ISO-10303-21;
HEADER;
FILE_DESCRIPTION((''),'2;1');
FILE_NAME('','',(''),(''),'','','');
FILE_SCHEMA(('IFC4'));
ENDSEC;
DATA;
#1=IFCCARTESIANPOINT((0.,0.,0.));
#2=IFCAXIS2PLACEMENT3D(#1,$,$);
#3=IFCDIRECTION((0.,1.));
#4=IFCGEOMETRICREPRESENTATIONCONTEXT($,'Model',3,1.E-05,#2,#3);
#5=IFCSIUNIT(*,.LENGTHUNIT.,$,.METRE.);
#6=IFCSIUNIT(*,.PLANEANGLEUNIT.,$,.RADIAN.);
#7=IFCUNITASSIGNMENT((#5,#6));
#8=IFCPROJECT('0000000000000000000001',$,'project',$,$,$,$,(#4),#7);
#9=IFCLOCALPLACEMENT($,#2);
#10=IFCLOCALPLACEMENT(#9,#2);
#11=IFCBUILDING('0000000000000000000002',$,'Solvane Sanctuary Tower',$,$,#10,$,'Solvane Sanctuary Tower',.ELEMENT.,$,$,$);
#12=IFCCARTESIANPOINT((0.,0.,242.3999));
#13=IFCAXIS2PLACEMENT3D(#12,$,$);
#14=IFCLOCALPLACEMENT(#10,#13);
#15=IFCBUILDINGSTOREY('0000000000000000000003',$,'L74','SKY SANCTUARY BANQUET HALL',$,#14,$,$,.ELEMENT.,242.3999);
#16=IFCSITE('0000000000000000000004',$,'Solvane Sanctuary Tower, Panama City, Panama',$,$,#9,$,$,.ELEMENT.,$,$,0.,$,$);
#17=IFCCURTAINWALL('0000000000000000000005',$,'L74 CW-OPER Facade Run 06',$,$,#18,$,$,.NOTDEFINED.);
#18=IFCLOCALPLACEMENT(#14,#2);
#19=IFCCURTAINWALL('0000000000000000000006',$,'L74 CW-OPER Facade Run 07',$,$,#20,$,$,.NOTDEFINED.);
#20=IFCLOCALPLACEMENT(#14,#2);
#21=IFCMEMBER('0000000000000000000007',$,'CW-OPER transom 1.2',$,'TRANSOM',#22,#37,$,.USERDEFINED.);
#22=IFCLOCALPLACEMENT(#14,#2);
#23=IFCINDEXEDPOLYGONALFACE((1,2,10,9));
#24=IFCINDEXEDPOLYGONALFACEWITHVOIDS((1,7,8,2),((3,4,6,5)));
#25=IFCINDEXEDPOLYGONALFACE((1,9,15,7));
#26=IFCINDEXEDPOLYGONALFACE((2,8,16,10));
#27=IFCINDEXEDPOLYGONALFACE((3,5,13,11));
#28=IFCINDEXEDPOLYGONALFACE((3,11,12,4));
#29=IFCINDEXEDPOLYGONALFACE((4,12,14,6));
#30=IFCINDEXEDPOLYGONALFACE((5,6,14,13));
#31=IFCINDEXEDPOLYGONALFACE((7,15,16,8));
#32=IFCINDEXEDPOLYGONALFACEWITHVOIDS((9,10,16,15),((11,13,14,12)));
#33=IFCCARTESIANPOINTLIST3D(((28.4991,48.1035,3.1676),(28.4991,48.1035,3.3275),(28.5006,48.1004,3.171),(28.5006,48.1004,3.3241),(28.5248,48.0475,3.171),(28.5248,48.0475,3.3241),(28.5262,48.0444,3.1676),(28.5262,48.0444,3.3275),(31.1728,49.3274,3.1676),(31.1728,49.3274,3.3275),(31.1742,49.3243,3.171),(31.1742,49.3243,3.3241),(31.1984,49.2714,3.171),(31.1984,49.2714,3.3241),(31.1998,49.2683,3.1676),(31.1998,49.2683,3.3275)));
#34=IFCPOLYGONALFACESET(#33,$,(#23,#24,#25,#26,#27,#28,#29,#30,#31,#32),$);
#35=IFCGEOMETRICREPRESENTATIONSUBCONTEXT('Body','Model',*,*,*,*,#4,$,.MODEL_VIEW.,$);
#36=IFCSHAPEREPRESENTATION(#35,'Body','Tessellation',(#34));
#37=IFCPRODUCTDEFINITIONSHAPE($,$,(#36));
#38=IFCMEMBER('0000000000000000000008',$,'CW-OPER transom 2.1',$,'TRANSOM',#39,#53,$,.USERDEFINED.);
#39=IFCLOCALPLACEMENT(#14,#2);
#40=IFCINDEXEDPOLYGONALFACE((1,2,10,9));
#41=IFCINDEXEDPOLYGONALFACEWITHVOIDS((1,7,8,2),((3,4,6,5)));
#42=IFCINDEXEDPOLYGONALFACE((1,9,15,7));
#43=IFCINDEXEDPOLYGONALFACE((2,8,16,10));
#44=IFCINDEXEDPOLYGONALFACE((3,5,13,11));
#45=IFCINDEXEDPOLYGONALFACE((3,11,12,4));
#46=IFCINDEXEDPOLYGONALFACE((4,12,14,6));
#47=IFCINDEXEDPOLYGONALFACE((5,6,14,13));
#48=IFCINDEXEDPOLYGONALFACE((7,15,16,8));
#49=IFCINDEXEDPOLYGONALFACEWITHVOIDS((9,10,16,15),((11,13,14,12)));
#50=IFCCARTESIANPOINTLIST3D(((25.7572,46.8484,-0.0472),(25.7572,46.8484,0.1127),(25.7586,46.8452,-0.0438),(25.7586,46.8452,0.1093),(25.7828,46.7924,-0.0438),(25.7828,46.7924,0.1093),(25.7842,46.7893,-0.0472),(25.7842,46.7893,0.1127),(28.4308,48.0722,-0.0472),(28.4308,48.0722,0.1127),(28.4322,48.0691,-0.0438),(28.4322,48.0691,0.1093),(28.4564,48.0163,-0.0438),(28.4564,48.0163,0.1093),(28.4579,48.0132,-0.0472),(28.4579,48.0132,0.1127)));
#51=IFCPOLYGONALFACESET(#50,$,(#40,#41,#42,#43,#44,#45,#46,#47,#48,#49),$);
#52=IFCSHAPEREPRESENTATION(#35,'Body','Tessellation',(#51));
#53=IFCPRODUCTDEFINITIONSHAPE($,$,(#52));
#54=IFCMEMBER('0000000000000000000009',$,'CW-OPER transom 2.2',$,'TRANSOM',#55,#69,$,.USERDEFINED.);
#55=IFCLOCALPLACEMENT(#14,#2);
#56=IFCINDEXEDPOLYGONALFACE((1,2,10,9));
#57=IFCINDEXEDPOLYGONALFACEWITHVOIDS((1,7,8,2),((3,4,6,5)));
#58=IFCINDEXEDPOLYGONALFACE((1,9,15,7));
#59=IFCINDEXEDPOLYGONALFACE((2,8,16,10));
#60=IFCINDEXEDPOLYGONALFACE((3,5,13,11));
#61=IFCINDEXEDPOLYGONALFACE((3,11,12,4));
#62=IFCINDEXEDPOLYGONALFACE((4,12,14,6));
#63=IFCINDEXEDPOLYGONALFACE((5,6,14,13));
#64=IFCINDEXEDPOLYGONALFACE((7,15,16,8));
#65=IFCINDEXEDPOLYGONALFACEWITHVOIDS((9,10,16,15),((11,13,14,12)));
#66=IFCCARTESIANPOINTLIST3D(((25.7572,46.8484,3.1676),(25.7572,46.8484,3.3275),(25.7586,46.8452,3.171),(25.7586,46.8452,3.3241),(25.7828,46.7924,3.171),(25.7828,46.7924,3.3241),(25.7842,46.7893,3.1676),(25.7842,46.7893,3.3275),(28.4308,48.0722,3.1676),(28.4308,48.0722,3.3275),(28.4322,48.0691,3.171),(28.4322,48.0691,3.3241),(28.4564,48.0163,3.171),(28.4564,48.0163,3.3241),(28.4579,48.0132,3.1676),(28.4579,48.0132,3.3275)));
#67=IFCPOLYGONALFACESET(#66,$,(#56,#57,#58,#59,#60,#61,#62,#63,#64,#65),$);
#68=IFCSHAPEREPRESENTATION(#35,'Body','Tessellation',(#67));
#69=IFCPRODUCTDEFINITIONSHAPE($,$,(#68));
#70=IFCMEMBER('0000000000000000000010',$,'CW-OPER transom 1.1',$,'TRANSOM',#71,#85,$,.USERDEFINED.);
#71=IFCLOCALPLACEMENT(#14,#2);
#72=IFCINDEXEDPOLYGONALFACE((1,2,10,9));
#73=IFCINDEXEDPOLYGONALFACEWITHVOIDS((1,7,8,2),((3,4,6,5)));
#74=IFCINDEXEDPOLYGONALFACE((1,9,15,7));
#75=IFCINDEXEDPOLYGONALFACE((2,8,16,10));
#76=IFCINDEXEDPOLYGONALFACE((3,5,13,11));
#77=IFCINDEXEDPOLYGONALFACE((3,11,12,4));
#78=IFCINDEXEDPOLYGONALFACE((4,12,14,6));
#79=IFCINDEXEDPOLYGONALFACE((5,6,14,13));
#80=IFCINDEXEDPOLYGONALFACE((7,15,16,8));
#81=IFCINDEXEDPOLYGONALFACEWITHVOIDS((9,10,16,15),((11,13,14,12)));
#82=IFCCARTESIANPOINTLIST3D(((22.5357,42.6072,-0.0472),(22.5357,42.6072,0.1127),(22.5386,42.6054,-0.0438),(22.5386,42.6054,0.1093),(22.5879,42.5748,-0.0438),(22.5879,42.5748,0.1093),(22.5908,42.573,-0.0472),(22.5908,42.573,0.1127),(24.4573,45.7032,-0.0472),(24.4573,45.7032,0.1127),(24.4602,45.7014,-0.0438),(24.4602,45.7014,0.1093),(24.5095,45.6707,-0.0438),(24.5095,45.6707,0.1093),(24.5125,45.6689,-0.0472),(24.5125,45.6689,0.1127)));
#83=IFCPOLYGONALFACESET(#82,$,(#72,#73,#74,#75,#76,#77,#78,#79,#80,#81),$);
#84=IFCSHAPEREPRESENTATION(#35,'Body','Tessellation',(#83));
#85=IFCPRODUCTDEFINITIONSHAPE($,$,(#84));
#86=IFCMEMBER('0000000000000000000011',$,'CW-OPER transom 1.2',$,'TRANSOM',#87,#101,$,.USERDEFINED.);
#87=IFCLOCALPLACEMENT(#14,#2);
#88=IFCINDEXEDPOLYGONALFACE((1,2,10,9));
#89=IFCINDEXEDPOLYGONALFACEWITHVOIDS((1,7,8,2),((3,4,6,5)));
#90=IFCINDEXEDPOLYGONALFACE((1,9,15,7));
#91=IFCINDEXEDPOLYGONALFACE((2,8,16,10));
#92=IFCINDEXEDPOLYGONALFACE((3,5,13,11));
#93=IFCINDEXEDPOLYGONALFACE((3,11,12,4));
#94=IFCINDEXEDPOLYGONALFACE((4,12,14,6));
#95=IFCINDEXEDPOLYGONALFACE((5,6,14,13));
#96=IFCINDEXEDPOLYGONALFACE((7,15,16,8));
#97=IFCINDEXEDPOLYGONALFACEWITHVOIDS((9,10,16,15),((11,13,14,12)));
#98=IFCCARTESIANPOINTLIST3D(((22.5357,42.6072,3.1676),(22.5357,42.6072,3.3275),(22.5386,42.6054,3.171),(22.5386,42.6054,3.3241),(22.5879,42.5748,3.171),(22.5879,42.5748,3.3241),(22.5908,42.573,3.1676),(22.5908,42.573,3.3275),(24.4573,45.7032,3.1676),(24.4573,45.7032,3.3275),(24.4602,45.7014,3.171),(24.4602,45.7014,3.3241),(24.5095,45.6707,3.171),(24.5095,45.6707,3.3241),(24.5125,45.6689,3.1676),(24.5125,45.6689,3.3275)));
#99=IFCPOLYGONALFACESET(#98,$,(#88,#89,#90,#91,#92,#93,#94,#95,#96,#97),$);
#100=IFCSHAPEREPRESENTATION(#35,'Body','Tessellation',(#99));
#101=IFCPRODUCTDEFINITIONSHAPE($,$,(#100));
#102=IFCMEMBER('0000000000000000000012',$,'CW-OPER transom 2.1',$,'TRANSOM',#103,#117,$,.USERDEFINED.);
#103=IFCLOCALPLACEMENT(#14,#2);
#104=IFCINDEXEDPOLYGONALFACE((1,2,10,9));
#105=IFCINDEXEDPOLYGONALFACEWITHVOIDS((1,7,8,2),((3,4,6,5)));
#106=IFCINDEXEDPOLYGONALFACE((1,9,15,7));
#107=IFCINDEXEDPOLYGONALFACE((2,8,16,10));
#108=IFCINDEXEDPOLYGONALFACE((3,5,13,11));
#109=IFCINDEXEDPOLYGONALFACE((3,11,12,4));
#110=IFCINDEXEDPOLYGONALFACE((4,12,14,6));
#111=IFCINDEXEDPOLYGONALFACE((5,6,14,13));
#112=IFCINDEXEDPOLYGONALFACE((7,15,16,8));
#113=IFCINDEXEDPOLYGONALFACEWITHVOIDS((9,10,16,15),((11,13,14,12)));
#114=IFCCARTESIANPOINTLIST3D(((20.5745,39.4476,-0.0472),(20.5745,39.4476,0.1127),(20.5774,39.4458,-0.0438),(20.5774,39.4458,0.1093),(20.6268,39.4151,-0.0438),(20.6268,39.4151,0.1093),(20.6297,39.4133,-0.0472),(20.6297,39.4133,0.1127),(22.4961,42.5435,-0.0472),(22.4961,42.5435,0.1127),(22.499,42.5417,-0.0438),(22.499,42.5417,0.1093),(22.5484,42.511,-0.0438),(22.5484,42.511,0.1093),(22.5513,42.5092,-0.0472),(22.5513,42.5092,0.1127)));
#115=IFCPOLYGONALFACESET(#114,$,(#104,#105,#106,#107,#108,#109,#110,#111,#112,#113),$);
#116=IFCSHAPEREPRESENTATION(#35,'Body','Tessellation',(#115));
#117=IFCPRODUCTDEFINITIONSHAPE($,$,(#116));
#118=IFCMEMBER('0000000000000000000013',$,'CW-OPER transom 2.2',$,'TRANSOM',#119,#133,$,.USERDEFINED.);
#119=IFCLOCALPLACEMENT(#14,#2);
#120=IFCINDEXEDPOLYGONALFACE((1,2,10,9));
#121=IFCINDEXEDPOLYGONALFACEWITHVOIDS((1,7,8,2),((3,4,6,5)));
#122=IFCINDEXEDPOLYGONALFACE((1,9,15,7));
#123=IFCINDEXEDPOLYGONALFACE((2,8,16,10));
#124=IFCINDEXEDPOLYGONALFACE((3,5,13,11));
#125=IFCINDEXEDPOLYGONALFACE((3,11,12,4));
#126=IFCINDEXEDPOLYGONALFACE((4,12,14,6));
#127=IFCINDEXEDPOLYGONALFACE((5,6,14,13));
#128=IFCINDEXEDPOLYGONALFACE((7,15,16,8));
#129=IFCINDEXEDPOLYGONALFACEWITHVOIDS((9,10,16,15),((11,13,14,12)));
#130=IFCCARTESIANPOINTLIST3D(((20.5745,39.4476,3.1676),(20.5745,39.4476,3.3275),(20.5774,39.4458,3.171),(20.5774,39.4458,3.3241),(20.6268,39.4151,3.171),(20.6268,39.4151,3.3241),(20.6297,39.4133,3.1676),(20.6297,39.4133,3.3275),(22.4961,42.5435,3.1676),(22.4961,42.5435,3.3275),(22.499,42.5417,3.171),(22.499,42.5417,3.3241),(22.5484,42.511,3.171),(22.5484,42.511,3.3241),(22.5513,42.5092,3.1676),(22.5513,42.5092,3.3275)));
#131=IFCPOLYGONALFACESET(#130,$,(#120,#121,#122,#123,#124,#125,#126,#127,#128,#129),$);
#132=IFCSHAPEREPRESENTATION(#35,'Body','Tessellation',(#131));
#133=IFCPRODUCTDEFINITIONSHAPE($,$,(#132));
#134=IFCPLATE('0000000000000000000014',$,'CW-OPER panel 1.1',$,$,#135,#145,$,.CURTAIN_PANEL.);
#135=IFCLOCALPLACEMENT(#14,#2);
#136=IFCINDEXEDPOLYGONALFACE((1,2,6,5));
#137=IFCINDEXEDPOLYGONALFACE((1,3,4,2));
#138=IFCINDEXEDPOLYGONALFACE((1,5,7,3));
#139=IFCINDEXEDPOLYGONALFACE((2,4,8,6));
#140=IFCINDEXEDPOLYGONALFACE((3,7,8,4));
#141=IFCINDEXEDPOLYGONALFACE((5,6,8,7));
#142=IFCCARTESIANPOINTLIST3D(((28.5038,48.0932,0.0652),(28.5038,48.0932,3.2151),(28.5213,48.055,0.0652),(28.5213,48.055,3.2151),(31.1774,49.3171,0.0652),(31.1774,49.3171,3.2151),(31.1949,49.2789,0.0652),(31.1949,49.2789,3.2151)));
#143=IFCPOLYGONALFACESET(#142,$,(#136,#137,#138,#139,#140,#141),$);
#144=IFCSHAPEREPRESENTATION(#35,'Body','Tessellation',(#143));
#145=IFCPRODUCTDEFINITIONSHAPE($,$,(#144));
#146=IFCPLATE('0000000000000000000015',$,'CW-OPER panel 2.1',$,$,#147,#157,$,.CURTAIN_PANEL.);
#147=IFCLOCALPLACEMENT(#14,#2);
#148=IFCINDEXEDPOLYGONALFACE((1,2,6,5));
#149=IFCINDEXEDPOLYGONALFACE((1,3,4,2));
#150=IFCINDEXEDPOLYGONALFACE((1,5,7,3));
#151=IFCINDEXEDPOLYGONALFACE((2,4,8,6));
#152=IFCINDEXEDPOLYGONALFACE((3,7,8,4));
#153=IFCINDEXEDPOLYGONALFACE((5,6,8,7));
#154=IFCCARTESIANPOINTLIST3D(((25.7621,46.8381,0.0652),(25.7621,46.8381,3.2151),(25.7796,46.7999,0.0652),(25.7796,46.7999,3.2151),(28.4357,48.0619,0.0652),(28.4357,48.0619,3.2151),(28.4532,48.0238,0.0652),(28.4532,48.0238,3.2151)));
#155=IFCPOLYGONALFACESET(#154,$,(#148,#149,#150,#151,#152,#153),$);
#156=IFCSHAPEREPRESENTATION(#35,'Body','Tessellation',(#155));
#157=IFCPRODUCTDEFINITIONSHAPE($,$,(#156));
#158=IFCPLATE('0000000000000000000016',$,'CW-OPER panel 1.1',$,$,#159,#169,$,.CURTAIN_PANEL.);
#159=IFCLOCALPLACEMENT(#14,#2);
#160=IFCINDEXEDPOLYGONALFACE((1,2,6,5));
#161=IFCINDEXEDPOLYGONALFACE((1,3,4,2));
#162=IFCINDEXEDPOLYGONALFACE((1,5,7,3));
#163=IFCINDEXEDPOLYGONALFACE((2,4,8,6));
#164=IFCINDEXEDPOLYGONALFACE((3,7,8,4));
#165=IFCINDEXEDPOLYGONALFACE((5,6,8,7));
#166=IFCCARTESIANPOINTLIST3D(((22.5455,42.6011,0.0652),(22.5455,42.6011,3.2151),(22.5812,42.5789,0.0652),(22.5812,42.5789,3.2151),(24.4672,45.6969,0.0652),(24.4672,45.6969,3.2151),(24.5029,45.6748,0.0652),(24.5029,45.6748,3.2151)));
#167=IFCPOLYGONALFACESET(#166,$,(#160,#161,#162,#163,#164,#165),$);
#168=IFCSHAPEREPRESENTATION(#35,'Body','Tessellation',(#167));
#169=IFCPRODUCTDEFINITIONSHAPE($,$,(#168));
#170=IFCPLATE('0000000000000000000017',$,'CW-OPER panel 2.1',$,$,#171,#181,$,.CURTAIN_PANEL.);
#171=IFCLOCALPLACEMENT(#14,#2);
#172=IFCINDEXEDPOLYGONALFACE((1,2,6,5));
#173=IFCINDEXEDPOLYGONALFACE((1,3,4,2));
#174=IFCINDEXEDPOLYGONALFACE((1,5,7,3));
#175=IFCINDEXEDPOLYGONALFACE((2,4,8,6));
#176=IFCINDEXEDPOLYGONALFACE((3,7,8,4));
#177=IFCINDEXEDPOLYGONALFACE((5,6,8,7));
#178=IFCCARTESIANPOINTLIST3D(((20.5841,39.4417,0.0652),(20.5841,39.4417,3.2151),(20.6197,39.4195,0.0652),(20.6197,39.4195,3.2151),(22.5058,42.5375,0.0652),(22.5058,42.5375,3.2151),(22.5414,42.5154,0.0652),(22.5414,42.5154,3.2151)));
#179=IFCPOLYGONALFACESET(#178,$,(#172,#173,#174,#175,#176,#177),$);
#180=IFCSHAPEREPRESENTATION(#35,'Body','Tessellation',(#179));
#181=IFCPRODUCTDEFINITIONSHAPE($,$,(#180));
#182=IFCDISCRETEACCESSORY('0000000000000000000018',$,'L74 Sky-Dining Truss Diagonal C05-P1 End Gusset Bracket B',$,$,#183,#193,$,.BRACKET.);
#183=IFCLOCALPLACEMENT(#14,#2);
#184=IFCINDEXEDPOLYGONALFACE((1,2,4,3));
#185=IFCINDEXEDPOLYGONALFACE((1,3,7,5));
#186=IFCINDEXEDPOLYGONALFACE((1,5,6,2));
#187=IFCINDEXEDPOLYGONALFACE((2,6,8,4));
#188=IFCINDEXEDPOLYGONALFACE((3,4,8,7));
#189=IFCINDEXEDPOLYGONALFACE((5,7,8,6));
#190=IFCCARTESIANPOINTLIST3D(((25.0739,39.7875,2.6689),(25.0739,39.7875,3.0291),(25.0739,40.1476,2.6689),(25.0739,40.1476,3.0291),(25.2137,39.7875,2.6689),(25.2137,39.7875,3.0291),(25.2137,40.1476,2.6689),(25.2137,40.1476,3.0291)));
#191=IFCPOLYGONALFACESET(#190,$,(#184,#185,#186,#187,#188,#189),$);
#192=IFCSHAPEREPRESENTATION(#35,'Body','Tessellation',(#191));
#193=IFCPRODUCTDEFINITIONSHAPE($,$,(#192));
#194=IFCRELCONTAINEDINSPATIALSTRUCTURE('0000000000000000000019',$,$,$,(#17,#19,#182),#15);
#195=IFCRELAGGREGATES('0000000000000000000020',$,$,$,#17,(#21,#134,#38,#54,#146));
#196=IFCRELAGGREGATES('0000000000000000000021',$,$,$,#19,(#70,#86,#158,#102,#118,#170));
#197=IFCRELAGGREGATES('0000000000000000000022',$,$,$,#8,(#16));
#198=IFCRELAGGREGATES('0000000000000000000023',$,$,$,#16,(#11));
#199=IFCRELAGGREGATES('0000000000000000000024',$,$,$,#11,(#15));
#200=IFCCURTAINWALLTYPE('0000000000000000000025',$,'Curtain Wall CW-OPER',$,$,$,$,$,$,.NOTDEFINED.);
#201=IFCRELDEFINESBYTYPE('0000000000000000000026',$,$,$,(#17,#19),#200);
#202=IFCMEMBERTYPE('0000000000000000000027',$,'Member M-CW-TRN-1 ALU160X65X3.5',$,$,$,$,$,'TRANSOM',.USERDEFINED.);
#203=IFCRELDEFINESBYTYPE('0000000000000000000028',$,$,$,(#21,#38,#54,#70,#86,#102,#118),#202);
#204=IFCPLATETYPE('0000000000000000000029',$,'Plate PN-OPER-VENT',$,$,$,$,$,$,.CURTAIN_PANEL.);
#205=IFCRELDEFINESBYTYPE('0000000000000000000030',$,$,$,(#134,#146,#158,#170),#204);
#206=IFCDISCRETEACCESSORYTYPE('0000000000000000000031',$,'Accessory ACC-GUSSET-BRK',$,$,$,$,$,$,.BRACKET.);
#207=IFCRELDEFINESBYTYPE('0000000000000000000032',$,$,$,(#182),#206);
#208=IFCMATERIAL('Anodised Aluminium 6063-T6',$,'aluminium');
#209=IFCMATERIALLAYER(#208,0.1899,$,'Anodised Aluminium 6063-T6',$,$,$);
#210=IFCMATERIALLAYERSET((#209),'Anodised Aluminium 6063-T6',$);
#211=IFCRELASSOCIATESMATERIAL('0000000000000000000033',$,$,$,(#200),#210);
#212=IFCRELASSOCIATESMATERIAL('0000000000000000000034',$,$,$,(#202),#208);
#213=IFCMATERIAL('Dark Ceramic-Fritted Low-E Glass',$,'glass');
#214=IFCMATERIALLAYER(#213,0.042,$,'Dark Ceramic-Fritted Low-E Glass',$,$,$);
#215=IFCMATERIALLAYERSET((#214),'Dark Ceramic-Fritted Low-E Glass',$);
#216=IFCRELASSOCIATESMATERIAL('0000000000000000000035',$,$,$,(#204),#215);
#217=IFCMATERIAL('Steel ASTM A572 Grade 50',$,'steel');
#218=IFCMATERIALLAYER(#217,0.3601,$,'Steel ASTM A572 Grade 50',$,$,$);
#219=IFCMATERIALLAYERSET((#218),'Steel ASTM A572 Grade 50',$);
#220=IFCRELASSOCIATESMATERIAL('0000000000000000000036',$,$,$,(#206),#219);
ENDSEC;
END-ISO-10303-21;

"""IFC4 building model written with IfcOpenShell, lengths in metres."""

from ifc_helpers import new_model, si_unit, direction, frame, origin, origin_2d, place, context, subcontext, project, spatial, rectangle, hollow_rectangle, extrude, material, layer, layer_set, material_profile, profile_set, type_object, element, aggregate, save


model = new_model("IFC4")

# Units and contexts
model_context = context("Model", 3, precision=1e-05, world=origin(), true_north=direction((0.0, 1.0)))
body_context = subcontext(model_context, "Body", "Model", "MODEL_VIEW")
ifc_project = project(units=[si_unit("LENGTHUNIT", "METRE"), si_unit("PLANEANGLEUNIT", "RADIAN")], contexts=[model_context])

# Site, building, storey
site_placement = place(None, origin())
site = spatial("IfcSite", under=ifc_project, at=site_placement, Name="Solvane Sanctuary Tower, Panama City, Panama", CompositionType="ELEMENT", RefElevation=0.0)
building_placement = place(site_placement, origin())
building = spatial("IfcBuilding", under=site, at=building_placement, Name="Solvane Sanctuary Tower", LongName="Solvane Sanctuary Tower", CompositionType="ELEMENT")
storey_placement = place(building_placement, frame((0.0, 0.0, 242.3999)))
storey = spatial("IfcBuildingStorey", under=building, at=storey_placement, Name="L74", Description="SKY SANCTUARY BANQUET HALL", CompositionType="ELEMENT", Elevation=242.3999)

# Curtain walls
ifc_material_1 = material(Name="Anodised Aluminium 6063-T6", Category="aluminium")
ifc_layer_1 = layer(ifc_material_1, 0.1899, Name="Anodised Aluminium 6063-T6")
ifc_layer_set_1 = layer_set([ifc_layer_1], Name="Anodised Aluminium 6063-T6")
curtain_wall_type = type_object("IfcCurtainWallType", Name="Curtain Wall CW-OPER", PredefinedType="NOTDEFINED", material=ifc_layer_set_1)
curtain_wall_1_placement = place(storey_placement, origin())
curtain_wall_1 = element("IfcCurtainWall", 1, at=curtain_wall_1_placement, inside=storey, type_object=curtain_wall_type, Name="L74 CW-OPER Facade Run 06", PredefinedType="NOTDEFINED")
curtain_wall_2_placement = place(storey_placement, origin())
curtain_wall_2 = element("IfcCurtainWall", 2, at=curtain_wall_2_placement, inside=storey, type_object=curtain_wall_type, Name="L74 CW-OPER Facade Run 07", PredefinedType="NOTDEFINED")

# Members
ifc_material_profile_1 = material_profile(ifc_material_1, hollow_rectangle(XDim=0.0649, YDim=0.1599, WallThickness=0.0034, at=origin_2d()), Name="ALU160X65X3.5")
ifc_profile_set_1 = profile_set([ifc_material_profile_1], Name="Anodised Aluminium 6063-T6")
member_type_1 = type_object("IfcMemberType", Name="Member M-CW-TRN-1 ALU160X65X3.5", ElementType="TRANSOM", PredefinedType="USERDEFINED", material=ifc_profile_set_1)
member_1_placement = place(storey_placement, frame((31.1863, 49.2979, 3.2476), z_axis=(-0.90926, -0.416229, 0.0), x_axis=(0.416229, -0.90926, 0.0)))
member_1 = element("IfcMember", 3, at=member_1_placement, type_object=member_type_1, Name="CW-OPER transom 1.2", ObjectType="TRANSOM", PredefinedType="USERDEFINED", context=body_context, shape_type="SweptSolid", body=[
    extrude(hollow_rectangle(XDim=0.0649, YDim=0.1599, WallThickness=0.0034, at=origin_2d()), origin(), (0.0, 0.0, 1.0), 2.9404),
])
member_2_placement = place(storey_placement, frame((28.4443, 48.0427, 0.0327), z_axis=(-0.90926, -0.416229, 0.0), x_axis=(0.416229, -0.90926, 0.0)))
member_2 = element("IfcMember", 4, at=member_2_placement, type_object=member_type_1, Name="CW-OPER transom 2.1", ObjectType="TRANSOM", PredefinedType="USERDEFINED", context=body_context, shape_type="SweptSolid", body=[
    extrude(hollow_rectangle(XDim=0.0649, YDim=0.1599, WallThickness=0.0034, at=origin_2d()), origin(), (0.0, 0.0, 1.0), 2.9404),
])
member_3_placement = place(storey_placement, frame((28.4443, 48.0427, 3.2476), z_axis=(-0.90926, -0.416229, 0.0), x_axis=(0.416229, -0.90926, 0.0)))
member_3 = element("IfcMember", 5, at=member_3_placement, type_object=member_type_1, Name="CW-OPER transom 2.2", ObjectType="TRANSOM", PredefinedType="USERDEFINED", context=body_context, shape_type="SweptSolid", body=[
    extrude(hollow_rectangle(XDim=0.0649, YDim=0.1599, WallThickness=0.0034, at=origin_2d()), origin(), (0.0, 0.0, 1.0), 2.9404),
])
member_4_placement = place(storey_placement, frame((24.4849, 45.686, 0.0327), z_axis=(-0.527365, -0.849639, 0.0), x_axis=(0.849639, -0.527365, 0.0)))
member_4 = element("IfcMember", 6, at=member_4_placement, type_object=member_type_1, Name="CW-OPER transom 1.1", ObjectType="TRANSOM", PredefinedType="USERDEFINED", context=body_context, shape_type="SweptSolid", body=[
    extrude(hollow_rectangle(XDim=0.0649, YDim=0.1599, WallThickness=0.0034, at=origin_2d()), origin(), (0.0, 0.0, 1.0), 3.6438),
])
member_5_placement = place(storey_placement, frame((24.4849, 45.686, 3.2476), z_axis=(-0.527365, -0.849639, 0.0), x_axis=(0.849639, -0.527365, 0.0)))
member_5 = element("IfcMember", 7, at=member_5_placement, type_object=member_type_1, Name="CW-OPER transom 1.2", ObjectType="TRANSOM", PredefinedType="USERDEFINED", context=body_context, shape_type="SweptSolid", body=[
    extrude(hollow_rectangle(XDim=0.0649, YDim=0.1599, WallThickness=0.0034, at=origin_2d()), origin(), (0.0, 0.0, 1.0), 3.6438),
])
member_6_placement = place(storey_placement, frame((22.5237, 42.5264, 0.0327), z_axis=(-0.527365, -0.849639, 0.0), x_axis=(0.849639, -0.527365, 0.0)))
member_6 = element("IfcMember", 8, at=member_6_placement, type_object=member_type_1, Name="CW-OPER transom 2.1", ObjectType="TRANSOM", PredefinedType="USERDEFINED", context=body_context, shape_type="SweptSolid", body=[
    extrude(hollow_rectangle(XDim=0.0649, YDim=0.1599, WallThickness=0.0034, at=origin_2d()), origin(), (0.0, 0.0, 1.0), 3.6438),
])
member_7_placement = place(storey_placement, frame((22.5237, 42.5264, 3.2476), z_axis=(-0.527365, -0.849639, 0.0), x_axis=(0.849639, -0.527365, 0.0)))
member_7 = element("IfcMember", 9, at=member_7_placement, type_object=member_type_1, Name="CW-OPER transom 2.2", ObjectType="TRANSOM", PredefinedType="USERDEFINED", context=body_context, shape_type="SweptSolid", body=[
    extrude(hollow_rectangle(XDim=0.0649, YDim=0.1599, WallThickness=0.0034, at=origin_2d()), origin(), (0.0, 0.0, 1.0), 3.6438),
])

# Plates
ifc_material_2 = material(Name="Dark Ceramic-Fritted Low-E Glass", Category="glass")
ifc_layer_2 = layer(ifc_material_2, 0.042, Name="Dark Ceramic-Fritted Low-E Glass")
ifc_layer_set_2 = layer_set([ifc_layer_2], Name="Dark Ceramic-Fritted Low-E Glass")
plate_type = type_object("IfcPlateType", Name="Plate PN-OPER-VENT", PredefinedType="CURTAIN_PANEL", material=ifc_layer_set_2)
plate_1_placement = place(storey_placement, frame((29.8494, 48.686, 0.0652), z_axis=(0.0, 0.0, 1.0), x_axis=(-0.909262, -0.416225, 0.0)))
plate_1 = element("IfcPlate", 10, at=plate_1_placement, type_object=plate_type, Name="CW-OPER panel 1.1", PredefinedType="CURTAIN_PANEL", context=body_context, shape_type="SweptSolid", body=[
    extrude(rectangle(XDim=2.9404, YDim=0.042, at=origin_2d()), origin(), (0.0, 0.0, 1.0), 3.1499),
])
plate_2_placement = place(storey_placement, frame((27.1077, 47.4309, 0.0652), z_axis=(0.0, 0.0, 1.0), x_axis=(-0.909262, -0.416225, 0.0)))
plate_2 = element("IfcPlate", 11, at=plate_2_placement, type_object=plate_type, Name="CW-OPER panel 2.1", PredefinedType="CURTAIN_PANEL", context=body_context, shape_type="SweptSolid", body=[
    extrude(rectangle(XDim=2.9404, YDim=0.042, at=origin_2d()), origin(), (0.0, 0.0, 1.0), 3.1499),
])
aggregate(curtain_wall_1, [member_1, plate_1, member_2, member_3, plate_2])
plate_3_placement = place(storey_placement, frame((23.5242, 44.1379, 0.0652), z_axis=(0.0, 0.0, 1.0), x_axis=(-0.527392, -0.849622, 0.0)))
plate_3 = element("IfcPlate", 12, at=plate_3_placement, type_object=plate_type, Name="CW-OPER panel 1.1", PredefinedType="CURTAIN_PANEL", context=body_context, shape_type="SweptSolid", body=[
    extrude(rectangle(XDim=3.6438, YDim=0.042, at=origin_2d()), origin(), (0.0, 0.0, 1.0), 3.1499),
])
plate_4_placement = place(storey_placement, frame((21.5627, 40.9785, 0.0652), z_axis=(0.0, 0.0, 1.0), x_axis=(-0.527392, -0.849622, 0.0)))
plate_4 = element("IfcPlate", 13, at=plate_4_placement, type_object=plate_type, Name="CW-OPER panel 2.1", PredefinedType="CURTAIN_PANEL", context=body_context, shape_type="SweptSolid", body=[
    extrude(rectangle(XDim=3.6438, YDim=0.042, at=origin_2d()), origin(), (0.0, 0.0, 1.0), 3.1499),
])
aggregate(curtain_wall_2, [member_4, member_5, plate_3, member_6, member_7, plate_4])

# Discrete accessory
ifc_material_3 = material(Name="Steel ASTM A572 Grade 50", Category="steel")
ifc_layer_3 = layer(ifc_material_3, 0.3601, Name="Steel ASTM A572 Grade 50")
ifc_layer_set_3 = layer_set([ifc_layer_3], Name="Steel ASTM A572 Grade 50")
discrete_accessory_type = type_object("IfcDiscreteAccessoryType", Name="Accessory ACC-GUSSET-BRK", PredefinedType="BRACKET", material=ifc_layer_set_3)
for number, where, z_axis, x_axis, name in (
    (14, (25.1438, 39.9675, 2.6689), (0.0, 0.0, 1.0), (0.0, 1.0, 0.0), "L74 Sky-Dining Truss Diagonal C05-P1 End Gusset Bracket B"),
):
    element("IfcDiscreteAccessory", number, at=place(storey_placement, frame(where, z_axis=z_axis, x_axis=x_axis)), inside=storey, type_object=discrete_accessory_type, Name=name, PredefinedType="BRACKET", context=body_context, shape_type="SweptSolid", body=[
        extrude(rectangle(XDim=0.3601, YDim=0.1399, at=origin_2d()), origin(), (0.0, 0.0, 1.0), 0.3601),
    ])

save(model, "model.ifc")
